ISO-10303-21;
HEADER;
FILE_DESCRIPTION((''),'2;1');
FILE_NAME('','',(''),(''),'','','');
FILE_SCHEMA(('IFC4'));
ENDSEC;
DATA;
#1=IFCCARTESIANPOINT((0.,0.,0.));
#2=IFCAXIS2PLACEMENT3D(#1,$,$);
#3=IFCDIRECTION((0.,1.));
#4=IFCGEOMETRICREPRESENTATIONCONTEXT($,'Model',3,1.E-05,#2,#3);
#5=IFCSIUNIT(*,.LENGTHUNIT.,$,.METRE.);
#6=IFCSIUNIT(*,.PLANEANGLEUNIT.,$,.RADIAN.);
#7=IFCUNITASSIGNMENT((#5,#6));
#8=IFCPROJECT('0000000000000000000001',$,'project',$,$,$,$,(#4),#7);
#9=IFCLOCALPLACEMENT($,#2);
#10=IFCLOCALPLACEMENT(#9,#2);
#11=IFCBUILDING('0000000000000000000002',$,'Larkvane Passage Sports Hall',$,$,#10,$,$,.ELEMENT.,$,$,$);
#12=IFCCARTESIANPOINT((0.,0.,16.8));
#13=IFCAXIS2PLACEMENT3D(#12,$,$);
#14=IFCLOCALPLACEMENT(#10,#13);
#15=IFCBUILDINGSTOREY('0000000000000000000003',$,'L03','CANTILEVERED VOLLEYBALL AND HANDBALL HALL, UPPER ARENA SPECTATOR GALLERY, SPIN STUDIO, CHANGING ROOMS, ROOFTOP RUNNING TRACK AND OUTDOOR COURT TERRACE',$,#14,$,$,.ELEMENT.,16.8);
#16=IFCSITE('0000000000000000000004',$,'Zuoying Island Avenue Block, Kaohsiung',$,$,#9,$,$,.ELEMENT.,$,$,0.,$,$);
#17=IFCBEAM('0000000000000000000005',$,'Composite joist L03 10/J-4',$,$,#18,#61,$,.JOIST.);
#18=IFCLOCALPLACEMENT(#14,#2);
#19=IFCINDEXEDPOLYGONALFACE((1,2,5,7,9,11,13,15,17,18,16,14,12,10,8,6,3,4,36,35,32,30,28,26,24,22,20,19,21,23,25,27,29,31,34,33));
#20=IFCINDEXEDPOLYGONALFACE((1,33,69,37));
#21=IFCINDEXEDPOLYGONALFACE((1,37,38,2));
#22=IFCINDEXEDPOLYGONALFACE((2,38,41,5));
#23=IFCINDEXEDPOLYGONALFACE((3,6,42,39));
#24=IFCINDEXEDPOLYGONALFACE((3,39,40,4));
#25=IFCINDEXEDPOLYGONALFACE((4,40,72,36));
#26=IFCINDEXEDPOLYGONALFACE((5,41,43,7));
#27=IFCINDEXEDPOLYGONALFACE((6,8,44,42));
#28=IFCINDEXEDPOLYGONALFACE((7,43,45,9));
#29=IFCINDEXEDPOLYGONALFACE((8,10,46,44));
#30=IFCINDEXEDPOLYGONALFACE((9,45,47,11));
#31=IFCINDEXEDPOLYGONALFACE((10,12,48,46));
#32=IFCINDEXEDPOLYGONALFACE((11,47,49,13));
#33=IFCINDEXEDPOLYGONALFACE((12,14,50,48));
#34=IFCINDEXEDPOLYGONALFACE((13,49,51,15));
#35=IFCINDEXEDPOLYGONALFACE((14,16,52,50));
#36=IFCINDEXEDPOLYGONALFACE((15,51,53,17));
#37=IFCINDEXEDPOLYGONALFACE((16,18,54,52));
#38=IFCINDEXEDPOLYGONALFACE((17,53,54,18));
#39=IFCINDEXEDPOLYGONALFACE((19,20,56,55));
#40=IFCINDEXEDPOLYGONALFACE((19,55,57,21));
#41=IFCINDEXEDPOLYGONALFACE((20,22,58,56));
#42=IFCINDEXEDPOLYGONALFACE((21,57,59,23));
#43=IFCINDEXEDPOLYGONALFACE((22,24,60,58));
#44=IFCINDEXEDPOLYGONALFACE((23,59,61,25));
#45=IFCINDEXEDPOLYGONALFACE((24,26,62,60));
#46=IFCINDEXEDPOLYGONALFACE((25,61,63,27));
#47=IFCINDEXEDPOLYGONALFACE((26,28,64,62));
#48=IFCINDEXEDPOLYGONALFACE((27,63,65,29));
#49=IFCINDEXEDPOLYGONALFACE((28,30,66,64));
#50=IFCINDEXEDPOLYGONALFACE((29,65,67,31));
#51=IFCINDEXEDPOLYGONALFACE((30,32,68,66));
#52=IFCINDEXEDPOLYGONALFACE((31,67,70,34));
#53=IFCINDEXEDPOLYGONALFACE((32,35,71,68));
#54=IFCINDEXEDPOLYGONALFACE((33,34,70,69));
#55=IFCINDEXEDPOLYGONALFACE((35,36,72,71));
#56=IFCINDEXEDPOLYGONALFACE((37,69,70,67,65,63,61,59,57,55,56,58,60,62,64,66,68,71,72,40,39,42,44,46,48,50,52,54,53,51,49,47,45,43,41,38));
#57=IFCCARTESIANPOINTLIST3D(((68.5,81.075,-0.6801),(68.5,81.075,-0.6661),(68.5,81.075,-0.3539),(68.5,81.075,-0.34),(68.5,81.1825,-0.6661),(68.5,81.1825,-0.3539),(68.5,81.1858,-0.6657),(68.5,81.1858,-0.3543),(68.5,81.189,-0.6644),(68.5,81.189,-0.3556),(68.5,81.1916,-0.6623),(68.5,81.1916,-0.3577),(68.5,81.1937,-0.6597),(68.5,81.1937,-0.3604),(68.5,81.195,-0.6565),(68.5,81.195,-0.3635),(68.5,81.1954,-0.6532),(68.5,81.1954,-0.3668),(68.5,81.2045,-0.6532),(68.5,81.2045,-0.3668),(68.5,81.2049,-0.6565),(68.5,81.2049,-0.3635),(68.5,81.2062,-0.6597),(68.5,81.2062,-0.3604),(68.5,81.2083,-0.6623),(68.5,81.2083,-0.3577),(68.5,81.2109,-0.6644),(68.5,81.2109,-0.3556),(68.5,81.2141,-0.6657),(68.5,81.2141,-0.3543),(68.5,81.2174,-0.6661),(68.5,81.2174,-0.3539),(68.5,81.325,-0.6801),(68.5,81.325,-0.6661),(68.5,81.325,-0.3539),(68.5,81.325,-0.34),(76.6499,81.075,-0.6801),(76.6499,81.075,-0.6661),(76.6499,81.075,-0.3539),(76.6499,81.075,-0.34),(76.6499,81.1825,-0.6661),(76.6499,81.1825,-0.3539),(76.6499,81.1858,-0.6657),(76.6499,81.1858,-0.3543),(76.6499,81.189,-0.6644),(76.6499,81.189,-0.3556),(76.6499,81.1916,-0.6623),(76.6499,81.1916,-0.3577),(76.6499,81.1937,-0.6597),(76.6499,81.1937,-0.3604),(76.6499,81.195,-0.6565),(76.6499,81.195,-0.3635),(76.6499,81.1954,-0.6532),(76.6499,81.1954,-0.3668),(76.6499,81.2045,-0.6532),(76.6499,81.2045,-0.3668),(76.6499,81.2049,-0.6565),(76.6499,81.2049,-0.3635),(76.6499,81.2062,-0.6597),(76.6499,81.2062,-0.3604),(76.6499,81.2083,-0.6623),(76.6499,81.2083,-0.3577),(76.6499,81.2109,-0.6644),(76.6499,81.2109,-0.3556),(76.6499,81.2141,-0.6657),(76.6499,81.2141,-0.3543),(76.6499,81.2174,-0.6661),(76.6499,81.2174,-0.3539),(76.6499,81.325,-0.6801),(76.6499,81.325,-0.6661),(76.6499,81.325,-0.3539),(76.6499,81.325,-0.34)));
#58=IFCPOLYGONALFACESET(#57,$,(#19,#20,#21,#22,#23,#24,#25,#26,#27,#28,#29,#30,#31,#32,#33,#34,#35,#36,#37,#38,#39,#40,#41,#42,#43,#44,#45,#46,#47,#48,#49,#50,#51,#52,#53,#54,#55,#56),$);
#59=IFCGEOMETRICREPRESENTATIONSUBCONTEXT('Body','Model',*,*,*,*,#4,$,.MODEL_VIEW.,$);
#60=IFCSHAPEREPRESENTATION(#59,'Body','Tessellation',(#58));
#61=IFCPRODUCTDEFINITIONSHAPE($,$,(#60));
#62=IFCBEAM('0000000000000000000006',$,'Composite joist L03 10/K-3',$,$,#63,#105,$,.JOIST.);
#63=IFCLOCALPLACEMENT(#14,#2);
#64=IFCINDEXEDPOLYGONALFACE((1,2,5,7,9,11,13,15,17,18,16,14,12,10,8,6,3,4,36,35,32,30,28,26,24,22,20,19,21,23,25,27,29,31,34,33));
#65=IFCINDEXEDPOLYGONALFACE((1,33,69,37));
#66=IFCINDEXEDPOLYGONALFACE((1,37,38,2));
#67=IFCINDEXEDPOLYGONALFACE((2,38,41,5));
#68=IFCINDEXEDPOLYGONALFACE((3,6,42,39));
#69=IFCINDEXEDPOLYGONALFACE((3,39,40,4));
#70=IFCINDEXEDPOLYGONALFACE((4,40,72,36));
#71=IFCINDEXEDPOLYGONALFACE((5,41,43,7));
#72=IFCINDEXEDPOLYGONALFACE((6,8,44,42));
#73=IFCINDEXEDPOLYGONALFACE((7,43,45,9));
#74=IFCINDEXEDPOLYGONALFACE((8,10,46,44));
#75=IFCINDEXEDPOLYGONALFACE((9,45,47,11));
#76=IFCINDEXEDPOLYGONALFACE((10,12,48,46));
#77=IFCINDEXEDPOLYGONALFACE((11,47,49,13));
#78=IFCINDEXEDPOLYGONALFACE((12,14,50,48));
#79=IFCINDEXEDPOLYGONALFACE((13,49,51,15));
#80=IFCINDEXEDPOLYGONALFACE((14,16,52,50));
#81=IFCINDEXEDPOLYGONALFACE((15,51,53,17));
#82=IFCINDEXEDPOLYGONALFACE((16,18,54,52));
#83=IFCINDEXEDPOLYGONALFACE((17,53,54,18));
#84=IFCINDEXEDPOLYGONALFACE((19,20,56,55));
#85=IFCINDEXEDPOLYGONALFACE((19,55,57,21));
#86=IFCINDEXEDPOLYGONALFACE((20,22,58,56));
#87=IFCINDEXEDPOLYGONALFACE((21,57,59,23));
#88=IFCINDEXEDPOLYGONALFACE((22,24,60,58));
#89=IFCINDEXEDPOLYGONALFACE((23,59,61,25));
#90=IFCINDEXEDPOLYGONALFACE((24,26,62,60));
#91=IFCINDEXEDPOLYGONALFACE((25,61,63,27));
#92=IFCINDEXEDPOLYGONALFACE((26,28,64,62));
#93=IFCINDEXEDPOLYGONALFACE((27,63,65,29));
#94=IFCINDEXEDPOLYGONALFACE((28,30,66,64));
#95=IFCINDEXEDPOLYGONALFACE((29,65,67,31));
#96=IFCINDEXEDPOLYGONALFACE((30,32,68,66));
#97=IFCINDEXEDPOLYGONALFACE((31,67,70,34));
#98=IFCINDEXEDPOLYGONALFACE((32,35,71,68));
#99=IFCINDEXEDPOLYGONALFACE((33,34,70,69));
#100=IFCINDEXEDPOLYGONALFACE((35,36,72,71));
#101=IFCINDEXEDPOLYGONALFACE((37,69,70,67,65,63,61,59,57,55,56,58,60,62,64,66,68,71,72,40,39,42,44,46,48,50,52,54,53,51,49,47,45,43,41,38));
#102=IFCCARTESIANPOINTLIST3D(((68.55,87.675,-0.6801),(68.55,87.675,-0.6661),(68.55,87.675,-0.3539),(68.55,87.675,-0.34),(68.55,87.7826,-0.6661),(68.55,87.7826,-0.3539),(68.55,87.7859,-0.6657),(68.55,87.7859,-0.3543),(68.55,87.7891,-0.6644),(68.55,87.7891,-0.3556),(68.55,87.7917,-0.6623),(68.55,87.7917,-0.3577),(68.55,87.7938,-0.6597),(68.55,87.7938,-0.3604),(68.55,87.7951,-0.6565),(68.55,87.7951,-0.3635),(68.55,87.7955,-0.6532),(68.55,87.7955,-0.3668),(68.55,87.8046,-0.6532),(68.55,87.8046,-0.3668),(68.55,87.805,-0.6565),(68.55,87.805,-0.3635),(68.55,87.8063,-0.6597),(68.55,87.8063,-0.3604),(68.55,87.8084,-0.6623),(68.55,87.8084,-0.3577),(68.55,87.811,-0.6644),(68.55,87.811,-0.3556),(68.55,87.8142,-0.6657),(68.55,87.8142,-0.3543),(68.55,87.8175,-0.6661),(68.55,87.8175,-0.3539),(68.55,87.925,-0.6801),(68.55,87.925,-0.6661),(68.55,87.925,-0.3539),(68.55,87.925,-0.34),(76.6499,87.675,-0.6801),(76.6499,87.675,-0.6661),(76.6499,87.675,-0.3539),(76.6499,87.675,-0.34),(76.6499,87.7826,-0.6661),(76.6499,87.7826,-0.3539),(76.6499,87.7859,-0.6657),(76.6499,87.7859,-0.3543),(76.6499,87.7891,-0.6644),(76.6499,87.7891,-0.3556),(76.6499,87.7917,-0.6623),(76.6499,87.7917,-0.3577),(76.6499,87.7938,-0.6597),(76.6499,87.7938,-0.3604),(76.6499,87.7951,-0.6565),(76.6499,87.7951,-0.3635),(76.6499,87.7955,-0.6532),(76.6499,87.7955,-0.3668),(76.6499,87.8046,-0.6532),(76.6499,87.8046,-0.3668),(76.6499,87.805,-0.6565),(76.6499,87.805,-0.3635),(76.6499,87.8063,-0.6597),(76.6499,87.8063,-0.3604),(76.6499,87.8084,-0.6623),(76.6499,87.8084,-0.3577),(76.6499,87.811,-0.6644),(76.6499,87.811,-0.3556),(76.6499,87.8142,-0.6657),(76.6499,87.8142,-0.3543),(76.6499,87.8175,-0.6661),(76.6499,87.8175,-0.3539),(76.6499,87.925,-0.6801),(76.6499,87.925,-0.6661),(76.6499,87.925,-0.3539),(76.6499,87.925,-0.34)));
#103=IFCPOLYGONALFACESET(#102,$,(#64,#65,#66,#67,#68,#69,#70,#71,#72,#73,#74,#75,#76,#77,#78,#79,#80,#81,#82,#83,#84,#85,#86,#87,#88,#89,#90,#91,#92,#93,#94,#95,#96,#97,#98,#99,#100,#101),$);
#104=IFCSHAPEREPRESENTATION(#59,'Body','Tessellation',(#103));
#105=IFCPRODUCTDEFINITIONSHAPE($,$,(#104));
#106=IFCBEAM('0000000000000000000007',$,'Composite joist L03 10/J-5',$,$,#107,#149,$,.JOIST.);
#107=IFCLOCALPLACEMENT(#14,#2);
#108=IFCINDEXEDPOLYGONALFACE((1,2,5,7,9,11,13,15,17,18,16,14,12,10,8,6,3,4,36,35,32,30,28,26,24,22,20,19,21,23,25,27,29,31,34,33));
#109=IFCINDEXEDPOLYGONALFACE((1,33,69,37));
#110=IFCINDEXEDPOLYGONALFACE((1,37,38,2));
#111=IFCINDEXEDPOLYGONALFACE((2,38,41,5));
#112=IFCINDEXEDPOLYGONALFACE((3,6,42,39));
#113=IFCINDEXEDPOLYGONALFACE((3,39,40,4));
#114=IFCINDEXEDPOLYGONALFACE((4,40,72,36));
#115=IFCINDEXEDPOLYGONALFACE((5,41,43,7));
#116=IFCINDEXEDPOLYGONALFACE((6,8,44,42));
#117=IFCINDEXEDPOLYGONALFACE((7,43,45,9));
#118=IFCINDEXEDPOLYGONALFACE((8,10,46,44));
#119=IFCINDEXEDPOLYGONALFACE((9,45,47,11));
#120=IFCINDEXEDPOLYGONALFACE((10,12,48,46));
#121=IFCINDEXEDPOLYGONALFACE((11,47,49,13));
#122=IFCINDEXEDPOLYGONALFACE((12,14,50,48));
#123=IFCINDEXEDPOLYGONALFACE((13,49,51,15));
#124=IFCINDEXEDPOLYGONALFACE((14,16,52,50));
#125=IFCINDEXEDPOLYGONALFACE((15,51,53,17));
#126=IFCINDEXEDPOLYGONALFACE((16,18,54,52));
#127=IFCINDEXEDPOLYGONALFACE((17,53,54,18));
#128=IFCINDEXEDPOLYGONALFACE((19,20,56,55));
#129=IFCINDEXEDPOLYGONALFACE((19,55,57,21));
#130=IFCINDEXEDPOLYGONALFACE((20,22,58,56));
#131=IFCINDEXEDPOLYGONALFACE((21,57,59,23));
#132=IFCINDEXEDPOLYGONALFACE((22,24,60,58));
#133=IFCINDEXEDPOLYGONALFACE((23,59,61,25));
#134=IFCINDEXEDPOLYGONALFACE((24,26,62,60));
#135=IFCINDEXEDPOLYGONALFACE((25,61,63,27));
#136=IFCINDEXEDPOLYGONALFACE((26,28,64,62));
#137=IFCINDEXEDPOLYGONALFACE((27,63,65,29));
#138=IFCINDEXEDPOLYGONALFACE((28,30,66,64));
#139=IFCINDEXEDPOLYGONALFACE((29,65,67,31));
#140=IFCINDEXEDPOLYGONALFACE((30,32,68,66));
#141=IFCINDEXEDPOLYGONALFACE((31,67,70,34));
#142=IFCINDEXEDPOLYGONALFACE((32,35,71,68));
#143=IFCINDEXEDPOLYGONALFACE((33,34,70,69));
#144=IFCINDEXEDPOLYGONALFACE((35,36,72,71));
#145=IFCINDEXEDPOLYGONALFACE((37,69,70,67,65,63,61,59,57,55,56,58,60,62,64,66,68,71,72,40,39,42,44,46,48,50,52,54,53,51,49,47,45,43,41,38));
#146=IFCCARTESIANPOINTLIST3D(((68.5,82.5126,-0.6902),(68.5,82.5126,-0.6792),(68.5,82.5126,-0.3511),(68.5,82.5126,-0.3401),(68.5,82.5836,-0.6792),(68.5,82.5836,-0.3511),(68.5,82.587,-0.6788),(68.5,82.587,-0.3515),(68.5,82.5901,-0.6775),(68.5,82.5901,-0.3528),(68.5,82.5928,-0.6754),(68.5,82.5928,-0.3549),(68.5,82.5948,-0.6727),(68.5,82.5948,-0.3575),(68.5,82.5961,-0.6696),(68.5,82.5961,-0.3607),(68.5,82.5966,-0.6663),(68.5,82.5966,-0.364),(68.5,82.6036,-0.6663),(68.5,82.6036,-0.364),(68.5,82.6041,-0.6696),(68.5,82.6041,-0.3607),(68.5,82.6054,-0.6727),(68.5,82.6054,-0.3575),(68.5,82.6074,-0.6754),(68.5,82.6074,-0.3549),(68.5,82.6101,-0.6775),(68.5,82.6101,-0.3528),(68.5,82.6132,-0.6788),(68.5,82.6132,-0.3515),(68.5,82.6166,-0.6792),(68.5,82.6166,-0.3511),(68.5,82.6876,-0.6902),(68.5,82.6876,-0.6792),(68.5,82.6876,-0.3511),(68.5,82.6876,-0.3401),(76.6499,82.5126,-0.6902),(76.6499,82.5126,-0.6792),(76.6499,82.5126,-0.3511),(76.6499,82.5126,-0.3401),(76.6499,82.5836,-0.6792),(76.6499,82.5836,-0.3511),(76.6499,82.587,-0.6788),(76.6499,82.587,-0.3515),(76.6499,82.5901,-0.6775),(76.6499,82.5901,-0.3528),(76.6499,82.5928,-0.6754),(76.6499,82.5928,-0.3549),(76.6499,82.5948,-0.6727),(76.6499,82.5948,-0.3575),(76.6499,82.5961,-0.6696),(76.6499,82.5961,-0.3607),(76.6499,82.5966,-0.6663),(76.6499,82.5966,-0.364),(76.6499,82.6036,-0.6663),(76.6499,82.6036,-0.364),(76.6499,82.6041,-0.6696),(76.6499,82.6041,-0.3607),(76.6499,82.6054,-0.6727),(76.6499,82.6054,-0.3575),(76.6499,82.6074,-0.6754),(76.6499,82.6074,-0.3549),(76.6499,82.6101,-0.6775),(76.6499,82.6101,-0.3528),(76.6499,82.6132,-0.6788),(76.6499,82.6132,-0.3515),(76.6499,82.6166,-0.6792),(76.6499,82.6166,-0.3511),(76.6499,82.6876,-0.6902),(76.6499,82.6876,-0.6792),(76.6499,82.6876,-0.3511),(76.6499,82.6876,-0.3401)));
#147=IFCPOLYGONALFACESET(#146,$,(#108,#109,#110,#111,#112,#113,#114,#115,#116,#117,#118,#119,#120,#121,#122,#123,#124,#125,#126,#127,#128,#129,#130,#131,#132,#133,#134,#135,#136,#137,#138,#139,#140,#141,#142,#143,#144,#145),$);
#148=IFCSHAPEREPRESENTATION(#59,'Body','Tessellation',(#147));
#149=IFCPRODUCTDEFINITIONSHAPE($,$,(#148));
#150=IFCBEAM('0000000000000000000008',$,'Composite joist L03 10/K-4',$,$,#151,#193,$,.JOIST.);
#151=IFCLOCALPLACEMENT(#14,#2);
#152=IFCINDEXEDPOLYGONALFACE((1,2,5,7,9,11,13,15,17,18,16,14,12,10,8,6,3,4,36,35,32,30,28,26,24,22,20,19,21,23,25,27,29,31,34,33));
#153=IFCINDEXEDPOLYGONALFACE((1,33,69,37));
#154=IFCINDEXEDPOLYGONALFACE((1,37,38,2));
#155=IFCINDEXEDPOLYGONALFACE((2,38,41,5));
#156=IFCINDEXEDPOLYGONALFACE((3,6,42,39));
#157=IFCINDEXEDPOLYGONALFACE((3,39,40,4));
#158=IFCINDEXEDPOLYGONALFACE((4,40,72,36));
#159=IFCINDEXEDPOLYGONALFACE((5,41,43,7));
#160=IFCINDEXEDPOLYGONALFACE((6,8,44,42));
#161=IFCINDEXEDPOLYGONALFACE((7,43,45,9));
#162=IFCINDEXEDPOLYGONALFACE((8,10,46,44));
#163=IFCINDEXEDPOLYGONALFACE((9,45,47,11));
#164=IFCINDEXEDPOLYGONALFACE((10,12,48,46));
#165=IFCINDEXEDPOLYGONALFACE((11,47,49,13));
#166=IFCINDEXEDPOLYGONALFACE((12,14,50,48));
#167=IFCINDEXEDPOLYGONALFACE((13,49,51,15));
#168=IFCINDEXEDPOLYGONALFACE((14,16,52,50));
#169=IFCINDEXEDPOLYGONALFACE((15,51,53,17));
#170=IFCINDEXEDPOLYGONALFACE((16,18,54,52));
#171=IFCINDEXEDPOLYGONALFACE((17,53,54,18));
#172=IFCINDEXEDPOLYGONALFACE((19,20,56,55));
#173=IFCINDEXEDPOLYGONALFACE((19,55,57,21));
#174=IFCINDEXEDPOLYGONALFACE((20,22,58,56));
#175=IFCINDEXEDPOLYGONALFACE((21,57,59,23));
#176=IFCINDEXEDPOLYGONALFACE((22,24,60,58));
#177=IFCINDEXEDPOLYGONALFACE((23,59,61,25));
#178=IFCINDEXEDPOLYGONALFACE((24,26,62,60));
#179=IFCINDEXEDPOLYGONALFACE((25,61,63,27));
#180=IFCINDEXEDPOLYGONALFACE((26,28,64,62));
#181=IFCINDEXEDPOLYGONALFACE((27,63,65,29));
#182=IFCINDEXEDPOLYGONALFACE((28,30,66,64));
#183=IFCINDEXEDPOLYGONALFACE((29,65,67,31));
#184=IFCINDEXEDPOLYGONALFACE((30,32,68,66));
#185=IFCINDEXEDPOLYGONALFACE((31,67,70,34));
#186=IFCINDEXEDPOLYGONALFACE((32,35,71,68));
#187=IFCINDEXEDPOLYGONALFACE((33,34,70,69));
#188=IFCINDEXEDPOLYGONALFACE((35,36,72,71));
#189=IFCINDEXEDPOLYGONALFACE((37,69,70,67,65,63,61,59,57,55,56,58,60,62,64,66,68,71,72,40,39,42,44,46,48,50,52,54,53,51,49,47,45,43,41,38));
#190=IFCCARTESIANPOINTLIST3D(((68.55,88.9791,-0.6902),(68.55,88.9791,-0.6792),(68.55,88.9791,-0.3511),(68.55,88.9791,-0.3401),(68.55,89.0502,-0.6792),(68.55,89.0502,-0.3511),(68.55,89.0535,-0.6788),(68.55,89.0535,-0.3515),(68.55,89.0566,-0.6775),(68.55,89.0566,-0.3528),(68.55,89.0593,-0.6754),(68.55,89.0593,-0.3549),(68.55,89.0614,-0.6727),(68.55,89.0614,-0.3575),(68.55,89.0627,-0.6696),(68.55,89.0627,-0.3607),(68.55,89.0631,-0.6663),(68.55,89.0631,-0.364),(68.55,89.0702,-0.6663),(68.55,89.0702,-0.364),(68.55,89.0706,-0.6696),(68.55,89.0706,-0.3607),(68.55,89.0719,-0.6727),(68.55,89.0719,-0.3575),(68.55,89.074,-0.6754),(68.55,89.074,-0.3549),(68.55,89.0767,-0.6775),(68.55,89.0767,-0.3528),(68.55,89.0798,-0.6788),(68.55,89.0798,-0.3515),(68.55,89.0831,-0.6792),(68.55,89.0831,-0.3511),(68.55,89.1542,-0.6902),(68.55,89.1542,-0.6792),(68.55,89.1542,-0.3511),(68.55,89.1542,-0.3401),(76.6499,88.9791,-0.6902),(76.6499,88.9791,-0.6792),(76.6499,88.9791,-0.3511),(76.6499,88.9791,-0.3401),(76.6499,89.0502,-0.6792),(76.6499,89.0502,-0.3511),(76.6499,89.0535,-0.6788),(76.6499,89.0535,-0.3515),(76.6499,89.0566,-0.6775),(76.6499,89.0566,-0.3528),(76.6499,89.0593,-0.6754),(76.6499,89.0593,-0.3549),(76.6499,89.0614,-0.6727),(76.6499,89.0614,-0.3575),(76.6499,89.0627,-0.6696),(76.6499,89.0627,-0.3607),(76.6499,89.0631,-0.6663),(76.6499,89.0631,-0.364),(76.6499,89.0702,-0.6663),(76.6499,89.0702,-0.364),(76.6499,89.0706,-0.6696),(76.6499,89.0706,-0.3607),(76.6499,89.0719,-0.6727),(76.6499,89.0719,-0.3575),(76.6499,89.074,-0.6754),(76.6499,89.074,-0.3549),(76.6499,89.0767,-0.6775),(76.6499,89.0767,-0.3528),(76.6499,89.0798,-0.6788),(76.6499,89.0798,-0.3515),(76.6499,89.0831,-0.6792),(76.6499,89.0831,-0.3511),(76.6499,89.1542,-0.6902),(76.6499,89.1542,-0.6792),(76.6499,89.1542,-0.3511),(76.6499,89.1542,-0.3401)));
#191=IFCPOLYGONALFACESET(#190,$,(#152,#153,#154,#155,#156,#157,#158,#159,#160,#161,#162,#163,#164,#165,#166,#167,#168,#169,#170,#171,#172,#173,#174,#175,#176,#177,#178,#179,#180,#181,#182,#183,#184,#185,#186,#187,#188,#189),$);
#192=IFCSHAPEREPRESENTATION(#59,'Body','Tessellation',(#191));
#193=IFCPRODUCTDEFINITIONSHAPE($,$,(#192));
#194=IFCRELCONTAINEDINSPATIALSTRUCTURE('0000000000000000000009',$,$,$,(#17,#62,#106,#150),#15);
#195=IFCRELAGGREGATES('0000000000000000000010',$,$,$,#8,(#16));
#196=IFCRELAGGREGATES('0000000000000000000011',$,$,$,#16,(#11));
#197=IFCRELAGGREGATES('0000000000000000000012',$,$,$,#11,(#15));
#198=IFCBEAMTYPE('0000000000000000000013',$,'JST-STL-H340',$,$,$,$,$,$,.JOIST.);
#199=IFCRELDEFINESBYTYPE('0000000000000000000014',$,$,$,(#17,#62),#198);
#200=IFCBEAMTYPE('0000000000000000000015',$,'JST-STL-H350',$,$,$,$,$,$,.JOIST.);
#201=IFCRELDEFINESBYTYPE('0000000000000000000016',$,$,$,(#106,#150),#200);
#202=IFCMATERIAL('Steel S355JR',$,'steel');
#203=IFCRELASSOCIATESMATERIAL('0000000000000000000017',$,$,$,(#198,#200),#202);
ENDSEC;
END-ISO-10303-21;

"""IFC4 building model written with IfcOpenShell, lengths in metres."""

from ifc_helpers import new_model, si_unit, direction, frame, origin, origin_2d, place, context, subcontext, project, spatial, i_section, extrude, material, material_profile, profile_set, type_object, element, save


model = new_model("IFC4")

# Units and contexts
model_context = context("Model", 3, precision=1e-05, world=origin(), true_north=direction((0.0, 1.0)))
body_context = subcontext(model_context, "Body", "Model", "MODEL_VIEW")
ifc_project = project(units=[si_unit("LENGTHUNIT", "METRE"), si_unit("PLANEANGLEUNIT", "RADIAN")], contexts=[model_context])

# Site, building, storey
site_placement = place(None, origin())
site = spatial("IfcSite", under=ifc_project, at=site_placement, Name="Zuoying Island Avenue Block, Kaohsiung", CompositionType="ELEMENT", RefElevation=0.0)
building_placement = place(site_placement, origin())
building = spatial("IfcBuilding", under=site, at=building_placement, Name="Larkvane Passage Sports Hall", CompositionType="ELEMENT")
storey_placement = place(building_placement, frame((0.0, 0.0, 16.8)))
storey = spatial("IfcBuildingStorey", under=building, at=storey_placement, Name="L03", Description="CANTILEVERED VOLLEYBALL AND HANDBALL HALL, UPPER ARENA SPECTATOR GALLERY, SPIN STUDIO, CHANGING ROOMS, ROOFTOP RUNNING TRACK AND OUTDOOR COURT TERRACE", CompositionType="ELEMENT", Elevation=16.8)

# Shared definitions
ifc_material_1 = material(Name="Steel S355JR", Category="steel")

# Beams
ifc_material_profile_1 = material_profile(ifc_material_1, i_section(OverallWidth=0.25, OverallDepth=0.3401, WebThickness=0.009, FlangeThickness=0.0139, FilletRadius=0.0129, at=origin_2d()), Name="H-340x250x9x14")
ifc_profile_set_1 = profile_set([ifc_material_profile_1], Name="Steel S355JR")
beam_type_1 = type_object("IfcBeamType", Name="JST-STL-H340", PredefinedType="JOIST", material=ifc_profile_set_1)
beam_1_placement = place(storey_placement, frame((68.5, 81.2, -0.51), z_axis=(1.0, 0.0, 0.0), x_axis=(0.0, 1.0, 0.0)))
element("IfcBeam", 1, at=beam_1_placement, inside=storey, type_object=beam_type_1, Name="Composite joist L03 10/J-4", PredefinedType="JOIST", context=body_context, shape_type="SweptSolid", body=[
    extrude(i_section(OverallWidth=0.25, OverallDepth=0.3401, WebThickness=0.009, FlangeThickness=0.0139, FilletRadius=0.0129, at=origin_2d()), origin(), (0.0, 0.0, 1.0), 8.1499),
])
beam_2_placement = place(storey_placement, frame((68.55, 87.8, -0.51), z_axis=(1.0, 0.0, 0.0), x_axis=(0.0, 1.0, 0.0)))
element("IfcBeam", 2, at=beam_2_placement, inside=storey, type_object=beam_type_1, Name="Composite joist L03 10/K-3", PredefinedType="JOIST", context=body_context, shape_type="SweptSolid", body=[
    extrude(i_section(OverallWidth=0.25, OverallDepth=0.3401, WebThickness=0.009, FlangeThickness=0.0139, FilletRadius=0.0129, at=origin_2d()), origin(), (0.0, 0.0, 1.0), 8.0999),
])
ifc_material_profile_2 = material_profile(ifc_material_1, i_section(OverallWidth=0.175, OverallDepth=0.3501, WebThickness=0.0071, FlangeThickness=0.011, FilletRadius=0.0129, at=origin_2d()), Name="H-350x175x7x11")
ifc_profile_set_2 = profile_set([ifc_material_profile_2], Name="Steel S355JR")
beam_type_2 = type_object("IfcBeamType", Name="JST-STL-H350", PredefinedType="JOIST", material=ifc_profile_set_2)
beam_3_placement = place(storey_placement, frame((68.5, 82.6001, -0.5151), z_axis=(1.0, 0.0, 0.0), x_axis=(0.0, 1.0, 0.0)))
element("IfcBeam", 3, at=beam_3_placement, inside=storey, type_object=beam_type_2, Name="Composite joist L03 10/J-5", PredefinedType="JOIST", context=body_context, shape_type="SweptSolid", body=[
    extrude(i_section(OverallWidth=0.175, OverallDepth=0.3501, WebThickness=0.0071, FlangeThickness=0.011, FilletRadius=0.0129, at=origin_2d()), origin(), (0.0, 0.0, 1.0), 8.1499),
])
beam_4_placement = place(storey_placement, frame((68.55, 89.0667, -0.5151), z_axis=(1.0, 0.0, 0.0), x_axis=(0.0, 1.0, 0.0)))
element("IfcBeam", 4, at=beam_4_placement, inside=storey, type_object=beam_type_2, Name="Composite joist L03 10/K-4", PredefinedType="JOIST", context=body_context, shape_type="SweptSolid", body=[
    extrude(i_section(OverallWidth=0.175, OverallDepth=0.3501, WebThickness=0.0071, FlangeThickness=0.011, FilletRadius=0.0129, at=origin_2d()), origin(), (0.0, 0.0, 1.0), 8.0999),
])

save(model, "model.ifc")
